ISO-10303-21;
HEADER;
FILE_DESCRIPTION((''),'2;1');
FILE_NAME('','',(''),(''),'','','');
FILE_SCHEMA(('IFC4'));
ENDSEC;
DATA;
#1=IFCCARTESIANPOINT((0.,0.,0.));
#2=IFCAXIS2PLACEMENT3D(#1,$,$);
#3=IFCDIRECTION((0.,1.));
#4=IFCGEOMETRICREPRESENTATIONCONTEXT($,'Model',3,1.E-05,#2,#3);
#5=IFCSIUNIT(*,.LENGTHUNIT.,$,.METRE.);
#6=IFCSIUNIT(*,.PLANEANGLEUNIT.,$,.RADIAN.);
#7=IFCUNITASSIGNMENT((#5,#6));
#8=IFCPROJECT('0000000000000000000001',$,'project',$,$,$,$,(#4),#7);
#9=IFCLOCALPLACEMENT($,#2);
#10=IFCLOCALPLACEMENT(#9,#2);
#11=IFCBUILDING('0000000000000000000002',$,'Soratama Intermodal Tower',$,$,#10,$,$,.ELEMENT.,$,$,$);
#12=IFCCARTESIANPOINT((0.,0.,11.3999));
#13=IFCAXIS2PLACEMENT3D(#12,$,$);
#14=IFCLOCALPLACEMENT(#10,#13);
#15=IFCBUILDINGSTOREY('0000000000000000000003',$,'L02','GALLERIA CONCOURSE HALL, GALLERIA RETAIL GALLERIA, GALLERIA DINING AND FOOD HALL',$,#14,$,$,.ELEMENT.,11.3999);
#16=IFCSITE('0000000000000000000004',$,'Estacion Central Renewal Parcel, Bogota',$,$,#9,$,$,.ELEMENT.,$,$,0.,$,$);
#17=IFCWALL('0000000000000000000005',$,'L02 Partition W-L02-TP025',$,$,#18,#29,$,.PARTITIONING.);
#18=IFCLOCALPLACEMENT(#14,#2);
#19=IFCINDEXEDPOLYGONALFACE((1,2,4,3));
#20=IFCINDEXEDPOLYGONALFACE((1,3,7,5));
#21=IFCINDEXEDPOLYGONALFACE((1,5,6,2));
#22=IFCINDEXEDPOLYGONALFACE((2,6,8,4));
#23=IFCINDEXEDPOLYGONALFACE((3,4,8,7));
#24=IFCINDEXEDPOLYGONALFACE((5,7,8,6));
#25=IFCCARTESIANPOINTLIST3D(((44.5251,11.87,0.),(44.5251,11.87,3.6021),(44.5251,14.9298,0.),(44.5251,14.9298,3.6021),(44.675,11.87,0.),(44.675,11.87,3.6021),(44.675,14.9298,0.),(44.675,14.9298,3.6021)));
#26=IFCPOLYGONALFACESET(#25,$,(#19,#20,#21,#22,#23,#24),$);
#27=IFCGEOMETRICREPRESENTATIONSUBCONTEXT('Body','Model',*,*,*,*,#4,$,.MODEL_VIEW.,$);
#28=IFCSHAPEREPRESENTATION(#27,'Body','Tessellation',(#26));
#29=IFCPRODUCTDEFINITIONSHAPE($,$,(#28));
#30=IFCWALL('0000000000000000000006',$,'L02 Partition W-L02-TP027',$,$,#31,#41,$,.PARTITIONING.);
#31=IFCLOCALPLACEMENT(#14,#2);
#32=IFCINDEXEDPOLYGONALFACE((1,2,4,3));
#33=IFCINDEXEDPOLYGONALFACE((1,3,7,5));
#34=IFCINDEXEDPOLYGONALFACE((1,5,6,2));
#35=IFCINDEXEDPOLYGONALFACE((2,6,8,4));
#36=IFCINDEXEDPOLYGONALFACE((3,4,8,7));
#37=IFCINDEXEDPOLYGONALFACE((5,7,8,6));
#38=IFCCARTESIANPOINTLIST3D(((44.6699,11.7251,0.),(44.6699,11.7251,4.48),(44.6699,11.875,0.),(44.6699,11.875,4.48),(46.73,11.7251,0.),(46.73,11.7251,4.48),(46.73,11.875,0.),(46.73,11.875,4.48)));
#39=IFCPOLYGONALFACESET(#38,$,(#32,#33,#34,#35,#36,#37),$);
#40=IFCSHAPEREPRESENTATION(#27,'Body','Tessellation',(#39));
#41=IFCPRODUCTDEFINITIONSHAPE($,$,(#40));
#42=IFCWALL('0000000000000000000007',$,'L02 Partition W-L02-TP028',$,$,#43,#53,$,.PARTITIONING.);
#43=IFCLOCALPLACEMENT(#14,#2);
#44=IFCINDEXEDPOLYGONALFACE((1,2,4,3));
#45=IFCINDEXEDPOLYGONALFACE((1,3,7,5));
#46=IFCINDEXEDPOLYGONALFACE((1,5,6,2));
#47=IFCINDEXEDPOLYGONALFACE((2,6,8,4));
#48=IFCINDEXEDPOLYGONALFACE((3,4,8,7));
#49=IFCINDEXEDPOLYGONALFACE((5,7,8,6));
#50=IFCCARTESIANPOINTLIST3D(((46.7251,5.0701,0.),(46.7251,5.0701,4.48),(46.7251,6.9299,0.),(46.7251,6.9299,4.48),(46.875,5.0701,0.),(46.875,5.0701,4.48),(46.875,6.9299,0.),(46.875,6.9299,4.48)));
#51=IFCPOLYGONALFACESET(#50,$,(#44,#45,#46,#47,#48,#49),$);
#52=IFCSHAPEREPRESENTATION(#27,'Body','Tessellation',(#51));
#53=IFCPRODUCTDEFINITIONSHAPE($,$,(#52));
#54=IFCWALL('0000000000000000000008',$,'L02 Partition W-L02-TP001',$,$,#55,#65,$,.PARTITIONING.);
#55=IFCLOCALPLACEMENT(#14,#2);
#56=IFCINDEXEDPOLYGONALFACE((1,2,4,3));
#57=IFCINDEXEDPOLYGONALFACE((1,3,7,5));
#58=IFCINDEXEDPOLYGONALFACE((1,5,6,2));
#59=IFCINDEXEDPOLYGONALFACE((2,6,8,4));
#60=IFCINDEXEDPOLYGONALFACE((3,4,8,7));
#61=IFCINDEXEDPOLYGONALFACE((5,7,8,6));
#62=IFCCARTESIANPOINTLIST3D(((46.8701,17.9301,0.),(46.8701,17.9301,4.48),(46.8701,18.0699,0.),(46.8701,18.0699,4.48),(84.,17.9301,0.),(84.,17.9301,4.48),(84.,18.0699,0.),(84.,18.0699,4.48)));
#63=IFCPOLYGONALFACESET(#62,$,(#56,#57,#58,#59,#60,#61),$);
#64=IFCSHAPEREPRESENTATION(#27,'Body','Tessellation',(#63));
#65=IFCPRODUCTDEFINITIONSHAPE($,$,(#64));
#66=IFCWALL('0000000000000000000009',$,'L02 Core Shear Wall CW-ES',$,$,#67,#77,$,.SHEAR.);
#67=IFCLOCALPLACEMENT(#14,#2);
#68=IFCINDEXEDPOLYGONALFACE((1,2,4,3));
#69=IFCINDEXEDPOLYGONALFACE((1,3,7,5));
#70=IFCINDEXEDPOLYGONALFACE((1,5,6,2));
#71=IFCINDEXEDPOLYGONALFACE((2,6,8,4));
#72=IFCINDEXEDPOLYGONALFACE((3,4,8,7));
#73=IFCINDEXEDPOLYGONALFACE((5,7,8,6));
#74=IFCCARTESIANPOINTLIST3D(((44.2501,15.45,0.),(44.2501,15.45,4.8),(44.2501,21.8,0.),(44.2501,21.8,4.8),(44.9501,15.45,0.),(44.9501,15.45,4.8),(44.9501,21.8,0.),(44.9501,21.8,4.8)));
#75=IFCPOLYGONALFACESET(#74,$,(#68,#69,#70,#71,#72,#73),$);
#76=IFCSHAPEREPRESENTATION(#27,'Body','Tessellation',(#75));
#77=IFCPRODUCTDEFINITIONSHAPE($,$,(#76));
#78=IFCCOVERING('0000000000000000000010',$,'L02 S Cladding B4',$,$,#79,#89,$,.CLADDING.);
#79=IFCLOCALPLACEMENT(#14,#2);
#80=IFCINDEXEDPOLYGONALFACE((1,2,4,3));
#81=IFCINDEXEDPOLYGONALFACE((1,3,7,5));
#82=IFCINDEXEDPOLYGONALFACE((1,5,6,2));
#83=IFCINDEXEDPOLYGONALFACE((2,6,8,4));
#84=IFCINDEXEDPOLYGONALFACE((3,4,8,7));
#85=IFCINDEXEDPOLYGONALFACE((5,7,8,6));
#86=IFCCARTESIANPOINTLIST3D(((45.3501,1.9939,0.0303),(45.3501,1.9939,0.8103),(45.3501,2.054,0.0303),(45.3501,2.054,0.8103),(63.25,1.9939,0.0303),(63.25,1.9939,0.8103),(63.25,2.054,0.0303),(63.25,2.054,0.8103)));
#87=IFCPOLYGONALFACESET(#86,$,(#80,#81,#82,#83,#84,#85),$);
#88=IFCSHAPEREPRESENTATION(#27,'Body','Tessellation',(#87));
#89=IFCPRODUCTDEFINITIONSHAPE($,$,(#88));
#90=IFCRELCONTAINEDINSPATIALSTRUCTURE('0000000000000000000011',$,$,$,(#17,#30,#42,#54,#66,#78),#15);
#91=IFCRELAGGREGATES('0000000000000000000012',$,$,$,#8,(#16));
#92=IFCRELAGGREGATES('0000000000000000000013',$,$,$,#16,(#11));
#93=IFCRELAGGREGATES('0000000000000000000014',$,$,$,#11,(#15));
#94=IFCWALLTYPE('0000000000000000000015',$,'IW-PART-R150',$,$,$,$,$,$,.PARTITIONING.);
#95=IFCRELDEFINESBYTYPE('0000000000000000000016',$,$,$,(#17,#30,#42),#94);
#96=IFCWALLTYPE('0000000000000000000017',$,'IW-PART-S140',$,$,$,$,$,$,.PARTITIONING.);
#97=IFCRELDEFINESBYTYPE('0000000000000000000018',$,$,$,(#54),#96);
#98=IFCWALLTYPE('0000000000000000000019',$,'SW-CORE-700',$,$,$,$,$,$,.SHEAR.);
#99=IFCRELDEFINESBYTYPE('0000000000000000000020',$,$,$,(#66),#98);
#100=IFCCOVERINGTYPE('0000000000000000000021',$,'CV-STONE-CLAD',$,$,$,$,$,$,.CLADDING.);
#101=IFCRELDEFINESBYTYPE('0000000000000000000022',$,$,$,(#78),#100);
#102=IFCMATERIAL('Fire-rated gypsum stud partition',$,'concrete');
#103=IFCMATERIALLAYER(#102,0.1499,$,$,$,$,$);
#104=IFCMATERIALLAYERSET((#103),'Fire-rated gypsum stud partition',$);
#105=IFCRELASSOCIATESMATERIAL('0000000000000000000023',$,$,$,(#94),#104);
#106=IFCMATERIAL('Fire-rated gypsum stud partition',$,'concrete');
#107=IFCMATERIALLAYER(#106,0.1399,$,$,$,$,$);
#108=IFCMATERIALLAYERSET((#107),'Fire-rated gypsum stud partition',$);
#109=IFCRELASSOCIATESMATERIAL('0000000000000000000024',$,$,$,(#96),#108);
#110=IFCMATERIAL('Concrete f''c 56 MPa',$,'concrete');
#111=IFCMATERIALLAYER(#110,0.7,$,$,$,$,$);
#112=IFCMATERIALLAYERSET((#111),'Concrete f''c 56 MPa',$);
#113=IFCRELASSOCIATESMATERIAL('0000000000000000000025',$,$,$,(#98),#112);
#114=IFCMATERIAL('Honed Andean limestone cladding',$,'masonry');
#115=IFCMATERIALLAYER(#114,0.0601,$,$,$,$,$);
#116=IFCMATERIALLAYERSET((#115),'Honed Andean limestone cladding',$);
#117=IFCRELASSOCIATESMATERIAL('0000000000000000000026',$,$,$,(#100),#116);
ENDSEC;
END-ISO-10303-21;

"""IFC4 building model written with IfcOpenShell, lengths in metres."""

from ifc_helpers import new_model, si_unit, direction, frame, frame_2d, origin, origin_2d, place, context, subcontext, project, spatial, rectangle, extrude, material, layer, layer_set, type_object, element, save


model = new_model("IFC4")

# Units and contexts
model_context = context("Model", 3, precision=1e-05, world=origin(), true_north=direction((0.0, 1.0)))
body_context = subcontext(model_context, "Body", "Model", "MODEL_VIEW")
ifc_project = project(units=[si_unit("LENGTHUNIT", "METRE"), si_unit("PLANEANGLEUNIT", "RADIAN")], contexts=[model_context])

# Site, building, storey
site_placement = place(None, origin())
site = spatial("IfcSite", under=ifc_project, at=site_placement, Name="Estacion Central Renewal Parcel, Bogota", CompositionType="ELEMENT", RefElevation=0.0)
building_placement = place(site_placement, origin())
building = spatial("IfcBuilding", under=site, at=building_placement, Name="Soratama Intermodal Tower", CompositionType="ELEMENT")
storey_placement = place(building_placement, frame((0.0, 0.0, 11.3999)))
storey = spatial("IfcBuildingStorey", under=building, at=storey_placement, Name="L02", Description="GALLERIA CONCOURSE HALL, GALLERIA RETAIL GALLERIA, GALLERIA DINING AND FOOD HALL", CompositionType="ELEMENT", Elevation=11.3999)

# Shared definitions
ifc_material_1 = material(Name="Fire-rated gypsum stud partition", Category="concrete")
ifc_layer_1 = layer(ifc_material_1, 0.1499)
ifc_layer_set_1 = layer_set([ifc_layer_1], Name="Fire-rated gypsum stud partition")
wall_type_1 = type_object("IfcWallType", Name="IW-PART-R150", PredefinedType="PARTITIONING", material=ifc_layer_set_1)

# Walls
wall_1_placement = place(storey_placement, frame((44.6001, 11.8701, 0.0), z_axis=(0.0, 0.0, 1.0), x_axis=(0.0, 1.0, 0.0)))
element("IfcWall", 1, at=wall_1_placement, inside=storey, type_object=wall_type_1, Name="L02 Partition W-L02-TP025", PredefinedType="PARTITIONING", context=body_context, shape_type="SweptSolid", body=[
    extrude(rectangle(XDim=3.0598, YDim=0.1499, at=frame_2d((1.5298, 0.0))), origin(), (0.0, 0.0, 1.0), 3.6021),
])
wall_2_placement = place(storey_placement, frame((46.73, 11.8, 0.0), z_axis=(0.0, 0.0, 1.0), x_axis=(-1.0, 0.0, 0.0)))
element("IfcWall", 2, at=wall_2_placement, inside=storey, type_object=wall_type_1, Name="L02 Partition W-L02-TP027", PredefinedType="PARTITIONING", context=body_context, shape_type="SweptSolid", body=[
    extrude(rectangle(XDim=2.0601, YDim=0.1499, at=frame_2d((1.03, 0.0))), origin(), (0.0, 0.0, 1.0), 4.48),
])
wall_3_placement = place(storey_placement, frame((46.8, 6.9299, 0.0), z_axis=(0.0, 0.0, 1.0), x_axis=(0.0, -1.0, 0.0)))
element("IfcWall", 3, at=wall_3_placement, inside=storey, type_object=wall_type_1, Name="L02 Partition W-L02-TP028", PredefinedType="PARTITIONING", context=body_context, shape_type="SweptSolid", body=[
    extrude(rectangle(XDim=1.8599, YDim=0.1499, at=frame_2d((0.9299, 0.0))), origin(), (0.0, 0.0, 1.0), 4.48),
])
ifc_material_2 = material(Name="Fire-rated gypsum stud partition", Category="concrete")
ifc_layer_2 = layer(ifc_material_2, 0.1399)
ifc_layer_set_2 = layer_set([ifc_layer_2], Name="Fire-rated gypsum stud partition")
wall_type_2 = type_object("IfcWallType", Name="IW-PART-S140", PredefinedType="PARTITIONING", material=ifc_layer_set_2)
wall_4_placement = place(storey_placement, frame((46.8701, 18.0, 0.0), z_axis=(0.0, 0.0, 1.0), x_axis=(1.0, 0.0, 0.0)))
element("IfcWall", 4, at=wall_4_placement, inside=storey, type_object=wall_type_2, Name="L02 Partition W-L02-TP001", PredefinedType="PARTITIONING", context=body_context, shape_type="SweptSolid", body=[
    extrude(rectangle(XDim=37.1299, YDim=0.1399, at=frame_2d((18.5649, 0.0))), origin(), (0.0, 0.0, 1.0), 4.48),
])
ifc_material_3 = material(Name="Concrete f'c 56 MPa", Category="concrete")
ifc_layer_3 = layer(ifc_material_3, 0.7)
ifc_layer_set_3 = layer_set([ifc_layer_3], Name="Concrete f'c 56 MPa")
wall_type_3 = type_object("IfcWallType", Name="SW-CORE-700", PredefinedType="SHEAR", material=ifc_layer_set_3)
wall_5_placement = place(storey_placement, frame((44.6001, 15.45, 0.0), z_axis=(0.0, 0.0, 1.0), x_axis=(0.0, 1.0, 0.0)))
element("IfcWall", 5, at=wall_5_placement, inside=storey, type_object=wall_type_3, Name="L02 Core Shear Wall CW-ES", PredefinedType="SHEAR", context=body_context, shape_type="SweptSolid", body=[
    extrude(rectangle(XDim=6.3501, YDim=0.7, at=frame_2d((3.175, 0.0))), origin(), (0.0, 0.0, 1.0), 4.8),
])

# Covering
ifc_material_4 = material(Name="Honed Andean limestone cladding", Category="masonry")
ifc_layer_4 = layer(ifc_material_4, 0.0601)
ifc_layer_set_4 = layer_set([ifc_layer_4], Name="Honed Andean limestone cladding")
covering_type = type_object("IfcCoveringType", Name="CV-STONE-CLAD", PredefinedType="CLADDING", material=ifc_layer_set_4)
covering_placement = place(storey_placement, frame((54.3, 2.0239, 0.0303), z_axis=(0.0, 0.0, 1.0), x_axis=(1.0, 0.0, 0.0)))
element("IfcCovering", 6, at=covering_placement, inside=storey, type_object=covering_type, Name="L02 S Cladding B4", PredefinedType="CLADDING", context=body_context, shape_type="SweptSolid", body=[
    extrude(rectangle(XDim=17.8999, YDim=0.0601, at=origin_2d()), origin(), (0.0, 0.0, 1.0), 0.78),
])

save(model, "model.ifc")
